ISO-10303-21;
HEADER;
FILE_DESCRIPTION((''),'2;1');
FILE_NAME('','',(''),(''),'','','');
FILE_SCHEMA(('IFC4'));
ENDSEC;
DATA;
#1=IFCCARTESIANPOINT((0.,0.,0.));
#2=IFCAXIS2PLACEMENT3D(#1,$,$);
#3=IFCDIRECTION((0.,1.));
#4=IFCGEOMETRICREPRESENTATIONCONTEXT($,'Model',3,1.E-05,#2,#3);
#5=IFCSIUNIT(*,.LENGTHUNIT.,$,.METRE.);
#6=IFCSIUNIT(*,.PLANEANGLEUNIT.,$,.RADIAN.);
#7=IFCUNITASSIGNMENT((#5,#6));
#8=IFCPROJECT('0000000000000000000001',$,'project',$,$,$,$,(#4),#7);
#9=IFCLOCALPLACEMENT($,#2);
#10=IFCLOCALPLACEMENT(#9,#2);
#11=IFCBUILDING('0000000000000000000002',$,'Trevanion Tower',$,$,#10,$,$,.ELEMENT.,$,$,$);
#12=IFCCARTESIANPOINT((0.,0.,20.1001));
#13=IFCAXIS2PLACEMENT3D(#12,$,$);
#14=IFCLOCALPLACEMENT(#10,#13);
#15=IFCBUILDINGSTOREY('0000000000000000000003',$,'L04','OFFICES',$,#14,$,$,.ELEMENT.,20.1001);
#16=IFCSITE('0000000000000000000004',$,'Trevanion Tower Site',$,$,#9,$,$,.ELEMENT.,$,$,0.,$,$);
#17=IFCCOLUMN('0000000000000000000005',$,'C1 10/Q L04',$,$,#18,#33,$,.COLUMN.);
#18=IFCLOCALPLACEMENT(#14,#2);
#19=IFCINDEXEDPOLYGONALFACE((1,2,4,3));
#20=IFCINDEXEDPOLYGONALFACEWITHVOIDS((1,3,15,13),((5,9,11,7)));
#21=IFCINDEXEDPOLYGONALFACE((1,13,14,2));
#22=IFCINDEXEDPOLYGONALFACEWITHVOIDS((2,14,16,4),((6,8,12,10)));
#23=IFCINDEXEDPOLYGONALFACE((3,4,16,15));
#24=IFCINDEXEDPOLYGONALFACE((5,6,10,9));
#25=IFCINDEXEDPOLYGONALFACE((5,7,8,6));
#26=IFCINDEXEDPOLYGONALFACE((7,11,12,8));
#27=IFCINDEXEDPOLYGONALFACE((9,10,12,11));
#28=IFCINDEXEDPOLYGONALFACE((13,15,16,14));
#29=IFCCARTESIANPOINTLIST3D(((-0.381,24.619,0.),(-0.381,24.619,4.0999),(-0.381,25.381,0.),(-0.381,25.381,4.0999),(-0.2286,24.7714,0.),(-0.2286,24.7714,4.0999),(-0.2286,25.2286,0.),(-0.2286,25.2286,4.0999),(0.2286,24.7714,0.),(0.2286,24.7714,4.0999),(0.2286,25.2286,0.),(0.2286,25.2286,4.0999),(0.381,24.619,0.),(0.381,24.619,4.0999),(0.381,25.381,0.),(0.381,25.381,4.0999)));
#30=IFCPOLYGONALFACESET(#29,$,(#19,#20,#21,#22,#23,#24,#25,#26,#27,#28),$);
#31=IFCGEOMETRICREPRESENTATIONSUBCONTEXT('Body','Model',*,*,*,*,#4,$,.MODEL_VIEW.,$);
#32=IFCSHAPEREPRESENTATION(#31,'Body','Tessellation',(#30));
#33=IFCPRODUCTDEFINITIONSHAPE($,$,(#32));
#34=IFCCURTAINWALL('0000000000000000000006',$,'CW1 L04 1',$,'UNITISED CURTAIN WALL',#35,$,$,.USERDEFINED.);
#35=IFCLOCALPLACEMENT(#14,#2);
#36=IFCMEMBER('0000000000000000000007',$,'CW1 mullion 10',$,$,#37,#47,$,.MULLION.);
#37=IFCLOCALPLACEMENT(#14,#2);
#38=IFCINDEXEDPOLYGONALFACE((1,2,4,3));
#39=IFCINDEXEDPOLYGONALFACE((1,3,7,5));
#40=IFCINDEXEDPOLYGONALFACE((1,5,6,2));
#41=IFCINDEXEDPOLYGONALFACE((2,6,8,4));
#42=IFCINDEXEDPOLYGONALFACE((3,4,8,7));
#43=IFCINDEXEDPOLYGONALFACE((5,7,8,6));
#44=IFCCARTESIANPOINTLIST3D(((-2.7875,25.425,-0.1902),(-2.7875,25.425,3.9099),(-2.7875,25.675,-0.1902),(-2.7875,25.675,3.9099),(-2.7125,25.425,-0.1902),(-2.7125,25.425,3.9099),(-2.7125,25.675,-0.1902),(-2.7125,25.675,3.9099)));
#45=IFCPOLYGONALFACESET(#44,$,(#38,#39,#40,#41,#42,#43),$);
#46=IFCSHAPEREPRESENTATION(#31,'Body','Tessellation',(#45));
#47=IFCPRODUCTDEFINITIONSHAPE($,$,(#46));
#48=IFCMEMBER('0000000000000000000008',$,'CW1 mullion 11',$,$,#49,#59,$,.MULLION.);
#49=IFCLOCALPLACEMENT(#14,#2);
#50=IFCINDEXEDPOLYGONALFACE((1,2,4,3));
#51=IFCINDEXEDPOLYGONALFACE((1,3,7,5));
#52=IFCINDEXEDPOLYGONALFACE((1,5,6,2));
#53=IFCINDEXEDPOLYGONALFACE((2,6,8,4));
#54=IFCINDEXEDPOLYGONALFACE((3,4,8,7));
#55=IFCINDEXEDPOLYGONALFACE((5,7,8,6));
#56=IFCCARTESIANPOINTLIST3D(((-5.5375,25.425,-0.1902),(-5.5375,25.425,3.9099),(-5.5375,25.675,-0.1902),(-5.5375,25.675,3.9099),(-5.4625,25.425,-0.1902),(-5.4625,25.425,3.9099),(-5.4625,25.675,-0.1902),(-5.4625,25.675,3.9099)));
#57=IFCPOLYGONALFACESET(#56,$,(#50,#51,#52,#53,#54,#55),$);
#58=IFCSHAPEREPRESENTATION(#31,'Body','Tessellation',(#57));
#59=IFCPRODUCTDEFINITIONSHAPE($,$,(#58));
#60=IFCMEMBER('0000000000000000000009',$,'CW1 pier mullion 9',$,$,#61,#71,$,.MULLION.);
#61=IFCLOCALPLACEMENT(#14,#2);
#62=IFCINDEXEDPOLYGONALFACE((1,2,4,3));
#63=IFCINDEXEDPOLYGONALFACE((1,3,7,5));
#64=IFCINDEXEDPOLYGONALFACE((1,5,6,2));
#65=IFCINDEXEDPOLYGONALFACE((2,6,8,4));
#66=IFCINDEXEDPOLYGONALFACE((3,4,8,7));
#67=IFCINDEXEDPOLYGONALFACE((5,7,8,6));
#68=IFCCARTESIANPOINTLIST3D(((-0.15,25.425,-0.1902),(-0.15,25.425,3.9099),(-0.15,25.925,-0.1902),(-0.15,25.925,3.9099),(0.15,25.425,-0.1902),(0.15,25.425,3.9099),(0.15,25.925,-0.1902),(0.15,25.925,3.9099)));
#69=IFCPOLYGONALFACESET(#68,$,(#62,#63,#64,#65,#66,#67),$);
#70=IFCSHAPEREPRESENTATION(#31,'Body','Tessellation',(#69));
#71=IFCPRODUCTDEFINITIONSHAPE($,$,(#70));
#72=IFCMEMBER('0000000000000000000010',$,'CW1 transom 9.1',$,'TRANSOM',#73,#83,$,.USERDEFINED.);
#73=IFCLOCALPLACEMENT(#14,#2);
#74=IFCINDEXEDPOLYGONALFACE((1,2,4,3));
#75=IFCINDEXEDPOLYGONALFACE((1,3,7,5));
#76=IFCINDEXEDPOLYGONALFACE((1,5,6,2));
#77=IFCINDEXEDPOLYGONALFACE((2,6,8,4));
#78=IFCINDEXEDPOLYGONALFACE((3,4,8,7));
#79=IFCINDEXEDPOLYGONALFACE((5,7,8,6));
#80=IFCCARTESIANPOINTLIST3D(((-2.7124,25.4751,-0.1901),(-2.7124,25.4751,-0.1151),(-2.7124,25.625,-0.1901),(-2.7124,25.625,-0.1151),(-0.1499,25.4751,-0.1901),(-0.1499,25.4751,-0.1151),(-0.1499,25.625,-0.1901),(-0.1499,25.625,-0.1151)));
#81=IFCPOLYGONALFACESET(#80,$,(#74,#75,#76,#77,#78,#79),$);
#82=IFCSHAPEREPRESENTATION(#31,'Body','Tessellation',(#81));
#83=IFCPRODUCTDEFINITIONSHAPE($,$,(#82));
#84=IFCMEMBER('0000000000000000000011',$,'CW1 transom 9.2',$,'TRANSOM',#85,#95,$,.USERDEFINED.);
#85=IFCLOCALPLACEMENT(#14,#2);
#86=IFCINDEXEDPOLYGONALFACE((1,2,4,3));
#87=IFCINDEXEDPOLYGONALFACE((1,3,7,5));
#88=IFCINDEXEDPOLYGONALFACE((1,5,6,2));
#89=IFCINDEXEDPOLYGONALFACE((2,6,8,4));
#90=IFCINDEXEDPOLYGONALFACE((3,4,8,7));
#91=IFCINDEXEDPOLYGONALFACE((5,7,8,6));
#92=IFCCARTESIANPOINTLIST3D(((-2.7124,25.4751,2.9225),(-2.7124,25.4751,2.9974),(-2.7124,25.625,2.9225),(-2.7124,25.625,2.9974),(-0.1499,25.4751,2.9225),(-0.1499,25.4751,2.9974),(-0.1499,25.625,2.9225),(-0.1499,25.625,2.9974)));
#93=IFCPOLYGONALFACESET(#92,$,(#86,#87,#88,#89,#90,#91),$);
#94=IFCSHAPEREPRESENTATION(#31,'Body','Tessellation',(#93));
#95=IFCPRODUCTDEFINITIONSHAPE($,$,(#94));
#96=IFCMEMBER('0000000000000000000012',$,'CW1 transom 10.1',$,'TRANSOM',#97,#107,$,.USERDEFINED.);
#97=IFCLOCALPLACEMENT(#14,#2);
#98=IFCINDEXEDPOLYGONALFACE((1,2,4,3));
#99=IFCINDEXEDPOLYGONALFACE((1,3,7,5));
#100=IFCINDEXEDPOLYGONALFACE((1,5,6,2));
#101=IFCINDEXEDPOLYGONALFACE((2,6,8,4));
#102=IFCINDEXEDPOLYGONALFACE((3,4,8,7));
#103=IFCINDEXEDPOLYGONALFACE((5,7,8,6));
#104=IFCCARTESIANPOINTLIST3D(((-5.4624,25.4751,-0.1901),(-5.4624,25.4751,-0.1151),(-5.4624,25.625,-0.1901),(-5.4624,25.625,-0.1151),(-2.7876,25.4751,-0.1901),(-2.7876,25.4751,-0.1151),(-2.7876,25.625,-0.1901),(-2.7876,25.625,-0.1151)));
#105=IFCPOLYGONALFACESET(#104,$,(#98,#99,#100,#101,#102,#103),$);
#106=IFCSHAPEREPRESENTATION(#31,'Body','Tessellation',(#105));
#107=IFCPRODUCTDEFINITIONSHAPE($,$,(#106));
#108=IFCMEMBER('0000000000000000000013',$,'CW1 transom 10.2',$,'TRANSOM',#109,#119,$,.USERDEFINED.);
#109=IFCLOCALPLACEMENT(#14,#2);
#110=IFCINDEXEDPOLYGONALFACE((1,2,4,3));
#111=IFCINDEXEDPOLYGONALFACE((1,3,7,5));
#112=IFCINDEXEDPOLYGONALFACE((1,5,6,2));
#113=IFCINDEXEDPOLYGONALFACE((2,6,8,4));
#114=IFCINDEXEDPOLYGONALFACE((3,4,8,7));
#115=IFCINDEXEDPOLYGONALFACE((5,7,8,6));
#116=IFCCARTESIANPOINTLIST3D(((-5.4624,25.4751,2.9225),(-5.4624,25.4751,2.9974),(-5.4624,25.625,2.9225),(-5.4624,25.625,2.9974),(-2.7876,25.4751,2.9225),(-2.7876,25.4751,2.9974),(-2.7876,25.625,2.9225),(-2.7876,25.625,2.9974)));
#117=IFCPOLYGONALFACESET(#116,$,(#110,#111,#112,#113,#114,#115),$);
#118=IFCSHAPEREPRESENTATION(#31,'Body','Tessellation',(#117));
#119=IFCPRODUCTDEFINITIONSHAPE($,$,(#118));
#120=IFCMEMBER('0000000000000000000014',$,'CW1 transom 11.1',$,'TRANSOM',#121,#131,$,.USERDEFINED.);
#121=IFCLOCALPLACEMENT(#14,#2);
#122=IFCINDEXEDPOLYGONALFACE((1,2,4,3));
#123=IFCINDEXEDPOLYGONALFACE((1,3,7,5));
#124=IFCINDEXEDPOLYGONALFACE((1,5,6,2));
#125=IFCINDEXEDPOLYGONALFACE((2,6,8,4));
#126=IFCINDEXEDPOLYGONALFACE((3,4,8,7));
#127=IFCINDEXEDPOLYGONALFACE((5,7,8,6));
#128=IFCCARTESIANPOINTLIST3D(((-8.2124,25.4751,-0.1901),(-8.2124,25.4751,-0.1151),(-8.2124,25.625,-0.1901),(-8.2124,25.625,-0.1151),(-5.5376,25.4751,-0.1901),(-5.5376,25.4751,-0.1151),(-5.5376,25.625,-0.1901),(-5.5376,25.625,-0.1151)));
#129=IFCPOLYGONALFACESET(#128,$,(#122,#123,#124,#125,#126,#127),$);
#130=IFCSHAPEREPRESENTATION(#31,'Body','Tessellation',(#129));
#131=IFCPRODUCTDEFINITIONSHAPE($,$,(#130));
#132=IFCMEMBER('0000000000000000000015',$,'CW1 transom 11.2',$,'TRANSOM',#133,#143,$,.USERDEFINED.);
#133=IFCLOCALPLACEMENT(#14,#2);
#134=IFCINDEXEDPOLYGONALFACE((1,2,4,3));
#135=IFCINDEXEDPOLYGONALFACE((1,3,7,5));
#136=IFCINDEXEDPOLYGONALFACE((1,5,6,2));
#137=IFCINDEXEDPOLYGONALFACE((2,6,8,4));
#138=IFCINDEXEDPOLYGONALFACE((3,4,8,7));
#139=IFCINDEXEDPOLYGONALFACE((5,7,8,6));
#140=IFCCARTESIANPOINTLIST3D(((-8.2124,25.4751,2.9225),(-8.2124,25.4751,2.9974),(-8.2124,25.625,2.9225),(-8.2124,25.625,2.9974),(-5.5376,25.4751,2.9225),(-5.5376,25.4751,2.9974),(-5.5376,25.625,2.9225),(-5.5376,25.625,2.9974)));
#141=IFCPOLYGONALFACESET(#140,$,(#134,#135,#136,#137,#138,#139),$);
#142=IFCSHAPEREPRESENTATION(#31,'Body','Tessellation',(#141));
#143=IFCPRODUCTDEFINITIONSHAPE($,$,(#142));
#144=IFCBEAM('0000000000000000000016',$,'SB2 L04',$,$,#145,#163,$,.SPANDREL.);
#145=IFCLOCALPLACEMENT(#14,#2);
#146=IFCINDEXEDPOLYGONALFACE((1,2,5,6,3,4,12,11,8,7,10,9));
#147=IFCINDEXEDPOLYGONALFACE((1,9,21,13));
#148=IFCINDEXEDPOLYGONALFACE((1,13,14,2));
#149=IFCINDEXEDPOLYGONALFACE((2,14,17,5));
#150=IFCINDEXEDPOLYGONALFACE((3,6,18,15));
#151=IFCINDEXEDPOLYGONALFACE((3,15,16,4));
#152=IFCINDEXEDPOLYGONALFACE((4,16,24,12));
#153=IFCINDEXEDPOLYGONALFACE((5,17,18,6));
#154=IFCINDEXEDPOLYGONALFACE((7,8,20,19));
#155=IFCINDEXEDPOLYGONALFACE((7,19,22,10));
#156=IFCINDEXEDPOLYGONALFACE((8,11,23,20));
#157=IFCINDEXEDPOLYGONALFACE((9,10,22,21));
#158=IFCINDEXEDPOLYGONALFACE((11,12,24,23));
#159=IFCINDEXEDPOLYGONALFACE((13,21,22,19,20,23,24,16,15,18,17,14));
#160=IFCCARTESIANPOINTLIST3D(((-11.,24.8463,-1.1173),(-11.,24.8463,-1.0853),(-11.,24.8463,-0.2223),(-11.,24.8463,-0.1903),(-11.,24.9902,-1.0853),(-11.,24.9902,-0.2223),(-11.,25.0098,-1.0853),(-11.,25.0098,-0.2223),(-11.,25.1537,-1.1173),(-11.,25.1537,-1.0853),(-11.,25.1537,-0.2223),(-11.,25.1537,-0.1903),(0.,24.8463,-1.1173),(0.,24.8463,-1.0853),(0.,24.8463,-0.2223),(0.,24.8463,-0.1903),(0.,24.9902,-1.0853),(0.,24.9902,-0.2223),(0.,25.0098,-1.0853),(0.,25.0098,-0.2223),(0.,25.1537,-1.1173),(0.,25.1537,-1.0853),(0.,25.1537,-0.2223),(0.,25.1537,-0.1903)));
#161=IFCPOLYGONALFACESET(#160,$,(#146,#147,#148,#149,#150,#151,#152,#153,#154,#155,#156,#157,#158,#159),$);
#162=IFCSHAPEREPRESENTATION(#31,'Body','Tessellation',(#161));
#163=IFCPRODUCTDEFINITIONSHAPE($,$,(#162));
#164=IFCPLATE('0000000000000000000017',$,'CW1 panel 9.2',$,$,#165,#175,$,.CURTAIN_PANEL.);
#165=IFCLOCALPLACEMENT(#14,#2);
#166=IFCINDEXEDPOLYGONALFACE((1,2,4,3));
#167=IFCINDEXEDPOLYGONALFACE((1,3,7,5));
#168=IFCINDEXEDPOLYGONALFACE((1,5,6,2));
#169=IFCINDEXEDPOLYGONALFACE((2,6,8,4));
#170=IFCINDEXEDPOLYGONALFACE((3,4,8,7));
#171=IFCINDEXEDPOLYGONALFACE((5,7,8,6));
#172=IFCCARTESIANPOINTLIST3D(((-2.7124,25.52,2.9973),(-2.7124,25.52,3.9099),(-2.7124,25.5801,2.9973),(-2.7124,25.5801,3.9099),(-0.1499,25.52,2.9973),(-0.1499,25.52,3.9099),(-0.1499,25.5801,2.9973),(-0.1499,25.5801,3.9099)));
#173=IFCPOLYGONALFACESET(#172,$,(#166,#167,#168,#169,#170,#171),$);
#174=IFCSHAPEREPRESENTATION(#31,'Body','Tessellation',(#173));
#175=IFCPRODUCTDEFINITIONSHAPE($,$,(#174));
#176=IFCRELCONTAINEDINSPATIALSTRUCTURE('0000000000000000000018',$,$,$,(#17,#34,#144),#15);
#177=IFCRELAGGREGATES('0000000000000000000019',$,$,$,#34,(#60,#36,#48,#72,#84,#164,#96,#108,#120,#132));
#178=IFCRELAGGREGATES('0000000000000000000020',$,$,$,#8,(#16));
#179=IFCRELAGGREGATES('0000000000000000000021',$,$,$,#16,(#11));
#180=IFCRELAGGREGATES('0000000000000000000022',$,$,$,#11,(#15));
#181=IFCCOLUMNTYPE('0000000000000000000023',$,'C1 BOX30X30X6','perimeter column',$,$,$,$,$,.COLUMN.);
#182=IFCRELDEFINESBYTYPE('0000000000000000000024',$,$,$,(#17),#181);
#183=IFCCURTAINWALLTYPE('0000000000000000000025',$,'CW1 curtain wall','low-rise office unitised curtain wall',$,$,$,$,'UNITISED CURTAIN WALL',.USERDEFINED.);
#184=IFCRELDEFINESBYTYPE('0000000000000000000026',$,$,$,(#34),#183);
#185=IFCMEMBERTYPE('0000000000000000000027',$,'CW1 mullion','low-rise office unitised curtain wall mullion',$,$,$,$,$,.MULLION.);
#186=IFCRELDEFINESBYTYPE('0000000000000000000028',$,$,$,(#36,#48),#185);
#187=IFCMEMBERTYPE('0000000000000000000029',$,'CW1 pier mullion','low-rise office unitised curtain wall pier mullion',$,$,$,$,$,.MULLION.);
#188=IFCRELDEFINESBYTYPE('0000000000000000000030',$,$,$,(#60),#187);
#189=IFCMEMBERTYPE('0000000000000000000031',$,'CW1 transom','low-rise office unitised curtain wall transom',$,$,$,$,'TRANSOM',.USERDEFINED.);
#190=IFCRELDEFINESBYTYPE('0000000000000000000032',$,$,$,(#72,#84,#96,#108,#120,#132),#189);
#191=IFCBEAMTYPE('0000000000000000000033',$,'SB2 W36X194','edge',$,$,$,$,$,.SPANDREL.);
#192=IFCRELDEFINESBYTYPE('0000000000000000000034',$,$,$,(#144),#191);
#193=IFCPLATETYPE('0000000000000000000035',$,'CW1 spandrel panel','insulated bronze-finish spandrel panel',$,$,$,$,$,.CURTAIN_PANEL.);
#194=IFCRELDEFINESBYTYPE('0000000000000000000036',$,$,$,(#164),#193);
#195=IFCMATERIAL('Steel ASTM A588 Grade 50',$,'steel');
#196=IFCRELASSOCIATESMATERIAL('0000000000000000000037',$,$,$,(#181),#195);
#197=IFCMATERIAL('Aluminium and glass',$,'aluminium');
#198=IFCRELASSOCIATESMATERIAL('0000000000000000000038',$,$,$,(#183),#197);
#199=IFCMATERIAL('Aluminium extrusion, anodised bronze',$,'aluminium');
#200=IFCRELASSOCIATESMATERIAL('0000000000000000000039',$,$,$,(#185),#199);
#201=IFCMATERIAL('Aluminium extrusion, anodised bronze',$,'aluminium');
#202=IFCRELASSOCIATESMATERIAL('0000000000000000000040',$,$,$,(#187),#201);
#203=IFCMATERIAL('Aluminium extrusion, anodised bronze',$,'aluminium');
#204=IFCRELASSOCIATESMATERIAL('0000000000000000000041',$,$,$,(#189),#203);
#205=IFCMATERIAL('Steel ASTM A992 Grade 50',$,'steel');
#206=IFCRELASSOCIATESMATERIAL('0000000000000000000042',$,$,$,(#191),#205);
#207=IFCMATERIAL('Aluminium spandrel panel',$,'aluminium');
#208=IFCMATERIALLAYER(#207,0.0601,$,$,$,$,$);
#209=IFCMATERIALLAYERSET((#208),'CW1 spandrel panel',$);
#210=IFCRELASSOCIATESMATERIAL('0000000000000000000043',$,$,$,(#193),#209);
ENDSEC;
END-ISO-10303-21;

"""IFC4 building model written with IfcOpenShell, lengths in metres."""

from ifc_helpers import new_model, si_unit, direction, frame, origin, origin_2d, place, context, subcontext, project, spatial, rectangle, hollow_rectangle, i_section, extrude, material, layer, layer_set, material_profile, profile_set, type_object, element, aggregate, save


model = new_model("IFC4")

# Units and contexts
model_context = context("Model", 3, precision=1e-05, world=origin(), true_north=direction((0.0, 1.0)))
body_context = subcontext(model_context, "Body", "Model", "MODEL_VIEW")
ifc_project = project(units=[si_unit("LENGTHUNIT", "METRE"), si_unit("PLANEANGLEUNIT", "RADIAN")], contexts=[model_context])

# Site, building, storey
site_placement = place(None, origin())
site = spatial("IfcSite", under=ifc_project, at=site_placement, Name="Trevanion Tower Site", CompositionType="ELEMENT", RefElevation=0.0)
building_placement = place(site_placement, origin())
building = spatial("IfcBuilding", under=site, at=building_placement, Name="Trevanion Tower", CompositionType="ELEMENT")
storey_placement = place(building_placement, frame((0.0, 0.0, 20.1001)))
storey = spatial("IfcBuildingStorey", under=building, at=storey_placement, Name="L04", Description="OFFICES", CompositionType="ELEMENT", Elevation=20.1001)

# Column
ifc_material_1 = material(Name="Steel ASTM A588 Grade 50", Category="steel")
ifc_material_profile_1 = material_profile(ifc_material_1, hollow_rectangle(XDim=0.762, YDim=0.762, WallThickness=0.1523, at=origin_2d()), Name="BOX30X30X6")
ifc_profile_set_1 = profile_set([ifc_material_profile_1], Name="Steel ASTM A588 Grade 50")
column_type = type_object("IfcColumnType", Name="C1 BOX30X30X6", Description="perimeter column", PredefinedType="COLUMN", material=ifc_profile_set_1)
column_placement = place(storey_placement, frame((0.0, 25.0, 0.0), z_axis=(0.0, 0.0, 1.0), x_axis=(1.0, 0.0, 0.0)))
element("IfcColumn", 1, at=column_placement, inside=storey, type_object=column_type, Name="C1 10/Q L04", PredefinedType="COLUMN", context=body_context, shape_type="SweptSolid", body=[
    extrude(hollow_rectangle(XDim=0.762, YDim=0.762, WallThickness=0.1523, at=origin_2d()), origin(), (0.0, 0.0, 1.0), 4.0999),
])

# Curtain wall, members
ifc_material_2 = material(Name="Aluminium and glass", Category="aluminium")
curtain_wall_type = type_object("IfcCurtainWallType", Name="CW1 curtain wall", Description="low-rise office unitised curtain wall", ElementType="UNITISED CURTAIN WALL", PredefinedType="USERDEFINED", material=ifc_material_2)
curtain_wall_placement = place(storey_placement, origin())
curtain_wall = element("IfcCurtainWall", 2, at=curtain_wall_placement, inside=storey, type_object=curtain_wall_type, Name="CW1 L04 1", ObjectType="UNITISED CURTAIN WALL", PredefinedType="USERDEFINED")
ifc_material_3 = material(Name="Aluminium extrusion, anodised bronze", Category="aluminium")
ifc_material_profile_2 = material_profile(ifc_material_3, rectangle(XDim=0.075, YDim=0.25, at=origin_2d()), Name="CW1 mullion")
ifc_profile_set_2 = profile_set([ifc_material_profile_2], Name="Aluminium extrusion, anodised bronze")
member_type_1 = type_object("IfcMemberType", Name="CW1 mullion", Description="low-rise office unitised curtain wall mullion", PredefinedType="MULLION", material=ifc_profile_set_2)
member_1_placement = place(storey_placement, frame((-2.75, 25.55, -0.1902), z_axis=(0.0, 0.0, 1.0), x_axis=(-1.0, 0.0, 0.0)))
member_1 = element("IfcMember", 3, at=member_1_placement, type_object=member_type_1, Name="CW1 mullion 10", PredefinedType="MULLION", context=body_context, shape_type="SweptSolid", body=[
    extrude(rectangle(XDim=0.075, YDim=0.25, at=origin_2d()), origin(), (0.0, 0.0, 1.0), 4.1001),
])
member_2_placement = place(storey_placement, frame((-5.5, 25.55, -0.1902), z_axis=(0.0, 0.0, 1.0), x_axis=(-1.0, 0.0, 0.0)))
member_2 = element("IfcMember", 4, at=member_2_placement, type_object=member_type_1, Name="CW1 mullion 11", PredefinedType="MULLION", context=body_context, shape_type="SweptSolid", body=[
    extrude(rectangle(XDim=0.075, YDim=0.25, at=origin_2d()), origin(), (0.0, 0.0, 1.0), 4.1001),
])
ifc_material_4 = material(Name="Aluminium extrusion, anodised bronze", Category="aluminium")
ifc_material_profile_3 = material_profile(ifc_material_4, rectangle(XDim=0.3, YDim=0.5, at=origin_2d()), Name="CW1 pier mullion")
ifc_profile_set_3 = profile_set([ifc_material_profile_3], Name="Aluminium extrusion, anodised bronze")
member_type_2 = type_object("IfcMemberType", Name="CW1 pier mullion", Description="low-rise office unitised curtain wall pier mullion", PredefinedType="MULLION", material=ifc_profile_set_3)
member_3_placement = place(storey_placement, frame((0.0, 25.675, -0.1902), z_axis=(0.0, 0.0, 1.0), x_axis=(-1.0, 0.0, 0.0)))
member_3 = element("IfcMember", 5, at=member_3_placement, type_object=member_type_2, Name="CW1 pier mullion 9", PredefinedType="MULLION", context=body_context, shape_type="SweptSolid", body=[
    extrude(rectangle(XDim=0.3, YDim=0.5, at=origin_2d()), origin(), (0.0, 0.0, 1.0), 4.1001),
])
ifc_material_5 = material(Name="Aluminium extrusion, anodised bronze", Category="aluminium")
ifc_material_profile_4 = material_profile(ifc_material_5, rectangle(XDim=0.1499, YDim=0.075, at=origin_2d()), Name="CW1 transom")
ifc_profile_set_4 = profile_set([ifc_material_profile_4], Name="Aluminium extrusion, anodised bronze")
member_type_3 = type_object("IfcMemberType", Name="CW1 transom", Description="low-rise office unitised curtain wall transom", ElementType="TRANSOM", PredefinedType="USERDEFINED", material=ifc_profile_set_4)
member_4_placement = place(storey_placement, frame((-0.1499, 25.55, -0.1526), z_axis=(-1.0, 0.0, 0.0), x_axis=(0.0, -1.0, 0.0)))
member_4 = element("IfcMember", 6, at=member_4_placement, type_object=member_type_3, Name="CW1 transom 9.1", ObjectType="TRANSOM", PredefinedType="USERDEFINED", context=body_context, shape_type="SweptSolid", body=[
    extrude(rectangle(XDim=0.1499, YDim=0.075, at=origin_2d()), origin(), (0.0, 0.0, 1.0), 2.5625),
])
member_5_placement = place(storey_placement, frame((-0.1499, 25.55, 2.96), z_axis=(-1.0, 0.0, 0.0), x_axis=(0.0, -1.0, 0.0)))
member_5 = element("IfcMember", 7, at=member_5_placement, type_object=member_type_3, Name="CW1 transom 9.2", ObjectType="TRANSOM", PredefinedType="USERDEFINED", context=body_context, shape_type="SweptSolid", body=[
    extrude(rectangle(XDim=0.1499, YDim=0.075, at=origin_2d()), origin(), (0.0, 0.0, 1.0), 2.5625),
])
member_6_placement = place(storey_placement, frame((-2.7876, 25.55, -0.1526), z_axis=(-1.0, 0.0, 0.0), x_axis=(0.0, -1.0, 0.0)))
member_6 = element("IfcMember", 8, at=member_6_placement, type_object=member_type_3, Name="CW1 transom 10.1", ObjectType="TRANSOM", PredefinedType="USERDEFINED", context=body_context, shape_type="SweptSolid", body=[
    extrude(rectangle(XDim=0.1499, YDim=0.075, at=origin_2d()), origin(), (0.0, 0.0, 1.0), 2.6748),
])
member_7_placement = place(storey_placement, frame((-2.7876, 25.55, 2.96), z_axis=(-1.0, 0.0, 0.0), x_axis=(0.0, -1.0, 0.0)))
member_7 = element("IfcMember", 9, at=member_7_placement, type_object=member_type_3, Name="CW1 transom 10.2", ObjectType="TRANSOM", PredefinedType="USERDEFINED", context=body_context, shape_type="SweptSolid", body=[
    extrude(rectangle(XDim=0.1499, YDim=0.075, at=origin_2d()), origin(), (0.0, 0.0, 1.0), 2.6748),
])
member_8_placement = place(storey_placement, frame((-5.5376, 25.55, -0.1526), z_axis=(-1.0, 0.0, 0.0), x_axis=(0.0, -1.0, 0.0)))
member_8 = element("IfcMember", 10, at=member_8_placement, type_object=member_type_3, Name="CW1 transom 11.1", ObjectType="TRANSOM", PredefinedType="USERDEFINED", context=body_context, shape_type="SweptSolid", body=[
    extrude(rectangle(XDim=0.1499, YDim=0.075, at=origin_2d()), origin(), (0.0, 0.0, 1.0), 2.6748),
])
member_9_placement = place(storey_placement, frame((-5.5376, 25.55, 2.96), z_axis=(-1.0, 0.0, 0.0), x_axis=(0.0, -1.0, 0.0)))
member_9 = element("IfcMember", 11, at=member_9_placement, type_object=member_type_3, Name="CW1 transom 11.2", ObjectType="TRANSOM", PredefinedType="USERDEFINED", context=body_context, shape_type="SweptSolid", body=[
    extrude(rectangle(XDim=0.1499, YDim=0.075, at=origin_2d()), origin(), (0.0, 0.0, 1.0), 2.6748),
])

# Beam
ifc_material_6 = material(Name="Steel ASTM A992 Grade 50", Category="steel")
ifc_material_profile_5 = material_profile(ifc_material_6, i_section(OverallWidth=0.3074, OverallDepth=0.927, WebThickness=0.0195, FlangeThickness=0.032, at=origin_2d()), Name="W36X194")
ifc_profile_set_5 = profile_set([ifc_material_profile_5], Name="Steel ASTM A992 Grade 50")
beam_type = type_object("IfcBeamType", Name="SB2 W36X194", Description="edge", PredefinedType="SPANDREL", material=ifc_profile_set_5)
beam_placement = place(storey_placement, frame((0.0, 25.0, -0.6538), z_axis=(-1.0, 0.0, 0.0), x_axis=(0.0, -1.0, 0.0)))
element("IfcBeam", 12, at=beam_placement, inside=storey, type_object=beam_type, Name="SB2 L04", PredefinedType="SPANDREL", context=body_context, shape_type="SweptSolid", body=[
    extrude(i_section(OverallWidth=0.3074, OverallDepth=0.927, WebThickness=0.0195, FlangeThickness=0.032, at=origin_2d()), origin(), (0.0, 0.0, 1.0), 11.0),
])

# Plate
ifc_material_7 = material(Name="Aluminium spandrel panel", Category="aluminium")
ifc_layer_1 = layer(ifc_material_7, 0.0601)
ifc_layer_set_1 = layer_set([ifc_layer_1], Name="CW1 spandrel panel")
plate_type_1 = type_object("IfcPlateType", Name="CW1 spandrel panel", Description="insulated bronze-finish spandrel panel", PredefinedType="CURTAIN_PANEL", material=ifc_layer_set_1)
plate_1_placement = place(storey_placement, frame((-1.4312, 25.55, 2.9973), z_axis=(0.0, 0.0, 1.0), x_axis=(-1.0, 0.0, 0.0)))
plate_1 = element("IfcPlate", 13, at=plate_1_placement, type_object=plate_type_1, Name="CW1 panel 9.2", PredefinedType="CURTAIN_PANEL", context=body_context, shape_type="SweptSolid", body=[
    extrude(rectangle(XDim=2.5625, YDim=0.0601, at=origin_2d()), origin(), (0.0, 0.0, 1.0), 0.9126),
])
aggregate(curtain_wall, [member_3, member_1, member_2, member_4, member_5, plate_1, member_6, member_7, member_8, member_9])

save(model, "model.ifc")
